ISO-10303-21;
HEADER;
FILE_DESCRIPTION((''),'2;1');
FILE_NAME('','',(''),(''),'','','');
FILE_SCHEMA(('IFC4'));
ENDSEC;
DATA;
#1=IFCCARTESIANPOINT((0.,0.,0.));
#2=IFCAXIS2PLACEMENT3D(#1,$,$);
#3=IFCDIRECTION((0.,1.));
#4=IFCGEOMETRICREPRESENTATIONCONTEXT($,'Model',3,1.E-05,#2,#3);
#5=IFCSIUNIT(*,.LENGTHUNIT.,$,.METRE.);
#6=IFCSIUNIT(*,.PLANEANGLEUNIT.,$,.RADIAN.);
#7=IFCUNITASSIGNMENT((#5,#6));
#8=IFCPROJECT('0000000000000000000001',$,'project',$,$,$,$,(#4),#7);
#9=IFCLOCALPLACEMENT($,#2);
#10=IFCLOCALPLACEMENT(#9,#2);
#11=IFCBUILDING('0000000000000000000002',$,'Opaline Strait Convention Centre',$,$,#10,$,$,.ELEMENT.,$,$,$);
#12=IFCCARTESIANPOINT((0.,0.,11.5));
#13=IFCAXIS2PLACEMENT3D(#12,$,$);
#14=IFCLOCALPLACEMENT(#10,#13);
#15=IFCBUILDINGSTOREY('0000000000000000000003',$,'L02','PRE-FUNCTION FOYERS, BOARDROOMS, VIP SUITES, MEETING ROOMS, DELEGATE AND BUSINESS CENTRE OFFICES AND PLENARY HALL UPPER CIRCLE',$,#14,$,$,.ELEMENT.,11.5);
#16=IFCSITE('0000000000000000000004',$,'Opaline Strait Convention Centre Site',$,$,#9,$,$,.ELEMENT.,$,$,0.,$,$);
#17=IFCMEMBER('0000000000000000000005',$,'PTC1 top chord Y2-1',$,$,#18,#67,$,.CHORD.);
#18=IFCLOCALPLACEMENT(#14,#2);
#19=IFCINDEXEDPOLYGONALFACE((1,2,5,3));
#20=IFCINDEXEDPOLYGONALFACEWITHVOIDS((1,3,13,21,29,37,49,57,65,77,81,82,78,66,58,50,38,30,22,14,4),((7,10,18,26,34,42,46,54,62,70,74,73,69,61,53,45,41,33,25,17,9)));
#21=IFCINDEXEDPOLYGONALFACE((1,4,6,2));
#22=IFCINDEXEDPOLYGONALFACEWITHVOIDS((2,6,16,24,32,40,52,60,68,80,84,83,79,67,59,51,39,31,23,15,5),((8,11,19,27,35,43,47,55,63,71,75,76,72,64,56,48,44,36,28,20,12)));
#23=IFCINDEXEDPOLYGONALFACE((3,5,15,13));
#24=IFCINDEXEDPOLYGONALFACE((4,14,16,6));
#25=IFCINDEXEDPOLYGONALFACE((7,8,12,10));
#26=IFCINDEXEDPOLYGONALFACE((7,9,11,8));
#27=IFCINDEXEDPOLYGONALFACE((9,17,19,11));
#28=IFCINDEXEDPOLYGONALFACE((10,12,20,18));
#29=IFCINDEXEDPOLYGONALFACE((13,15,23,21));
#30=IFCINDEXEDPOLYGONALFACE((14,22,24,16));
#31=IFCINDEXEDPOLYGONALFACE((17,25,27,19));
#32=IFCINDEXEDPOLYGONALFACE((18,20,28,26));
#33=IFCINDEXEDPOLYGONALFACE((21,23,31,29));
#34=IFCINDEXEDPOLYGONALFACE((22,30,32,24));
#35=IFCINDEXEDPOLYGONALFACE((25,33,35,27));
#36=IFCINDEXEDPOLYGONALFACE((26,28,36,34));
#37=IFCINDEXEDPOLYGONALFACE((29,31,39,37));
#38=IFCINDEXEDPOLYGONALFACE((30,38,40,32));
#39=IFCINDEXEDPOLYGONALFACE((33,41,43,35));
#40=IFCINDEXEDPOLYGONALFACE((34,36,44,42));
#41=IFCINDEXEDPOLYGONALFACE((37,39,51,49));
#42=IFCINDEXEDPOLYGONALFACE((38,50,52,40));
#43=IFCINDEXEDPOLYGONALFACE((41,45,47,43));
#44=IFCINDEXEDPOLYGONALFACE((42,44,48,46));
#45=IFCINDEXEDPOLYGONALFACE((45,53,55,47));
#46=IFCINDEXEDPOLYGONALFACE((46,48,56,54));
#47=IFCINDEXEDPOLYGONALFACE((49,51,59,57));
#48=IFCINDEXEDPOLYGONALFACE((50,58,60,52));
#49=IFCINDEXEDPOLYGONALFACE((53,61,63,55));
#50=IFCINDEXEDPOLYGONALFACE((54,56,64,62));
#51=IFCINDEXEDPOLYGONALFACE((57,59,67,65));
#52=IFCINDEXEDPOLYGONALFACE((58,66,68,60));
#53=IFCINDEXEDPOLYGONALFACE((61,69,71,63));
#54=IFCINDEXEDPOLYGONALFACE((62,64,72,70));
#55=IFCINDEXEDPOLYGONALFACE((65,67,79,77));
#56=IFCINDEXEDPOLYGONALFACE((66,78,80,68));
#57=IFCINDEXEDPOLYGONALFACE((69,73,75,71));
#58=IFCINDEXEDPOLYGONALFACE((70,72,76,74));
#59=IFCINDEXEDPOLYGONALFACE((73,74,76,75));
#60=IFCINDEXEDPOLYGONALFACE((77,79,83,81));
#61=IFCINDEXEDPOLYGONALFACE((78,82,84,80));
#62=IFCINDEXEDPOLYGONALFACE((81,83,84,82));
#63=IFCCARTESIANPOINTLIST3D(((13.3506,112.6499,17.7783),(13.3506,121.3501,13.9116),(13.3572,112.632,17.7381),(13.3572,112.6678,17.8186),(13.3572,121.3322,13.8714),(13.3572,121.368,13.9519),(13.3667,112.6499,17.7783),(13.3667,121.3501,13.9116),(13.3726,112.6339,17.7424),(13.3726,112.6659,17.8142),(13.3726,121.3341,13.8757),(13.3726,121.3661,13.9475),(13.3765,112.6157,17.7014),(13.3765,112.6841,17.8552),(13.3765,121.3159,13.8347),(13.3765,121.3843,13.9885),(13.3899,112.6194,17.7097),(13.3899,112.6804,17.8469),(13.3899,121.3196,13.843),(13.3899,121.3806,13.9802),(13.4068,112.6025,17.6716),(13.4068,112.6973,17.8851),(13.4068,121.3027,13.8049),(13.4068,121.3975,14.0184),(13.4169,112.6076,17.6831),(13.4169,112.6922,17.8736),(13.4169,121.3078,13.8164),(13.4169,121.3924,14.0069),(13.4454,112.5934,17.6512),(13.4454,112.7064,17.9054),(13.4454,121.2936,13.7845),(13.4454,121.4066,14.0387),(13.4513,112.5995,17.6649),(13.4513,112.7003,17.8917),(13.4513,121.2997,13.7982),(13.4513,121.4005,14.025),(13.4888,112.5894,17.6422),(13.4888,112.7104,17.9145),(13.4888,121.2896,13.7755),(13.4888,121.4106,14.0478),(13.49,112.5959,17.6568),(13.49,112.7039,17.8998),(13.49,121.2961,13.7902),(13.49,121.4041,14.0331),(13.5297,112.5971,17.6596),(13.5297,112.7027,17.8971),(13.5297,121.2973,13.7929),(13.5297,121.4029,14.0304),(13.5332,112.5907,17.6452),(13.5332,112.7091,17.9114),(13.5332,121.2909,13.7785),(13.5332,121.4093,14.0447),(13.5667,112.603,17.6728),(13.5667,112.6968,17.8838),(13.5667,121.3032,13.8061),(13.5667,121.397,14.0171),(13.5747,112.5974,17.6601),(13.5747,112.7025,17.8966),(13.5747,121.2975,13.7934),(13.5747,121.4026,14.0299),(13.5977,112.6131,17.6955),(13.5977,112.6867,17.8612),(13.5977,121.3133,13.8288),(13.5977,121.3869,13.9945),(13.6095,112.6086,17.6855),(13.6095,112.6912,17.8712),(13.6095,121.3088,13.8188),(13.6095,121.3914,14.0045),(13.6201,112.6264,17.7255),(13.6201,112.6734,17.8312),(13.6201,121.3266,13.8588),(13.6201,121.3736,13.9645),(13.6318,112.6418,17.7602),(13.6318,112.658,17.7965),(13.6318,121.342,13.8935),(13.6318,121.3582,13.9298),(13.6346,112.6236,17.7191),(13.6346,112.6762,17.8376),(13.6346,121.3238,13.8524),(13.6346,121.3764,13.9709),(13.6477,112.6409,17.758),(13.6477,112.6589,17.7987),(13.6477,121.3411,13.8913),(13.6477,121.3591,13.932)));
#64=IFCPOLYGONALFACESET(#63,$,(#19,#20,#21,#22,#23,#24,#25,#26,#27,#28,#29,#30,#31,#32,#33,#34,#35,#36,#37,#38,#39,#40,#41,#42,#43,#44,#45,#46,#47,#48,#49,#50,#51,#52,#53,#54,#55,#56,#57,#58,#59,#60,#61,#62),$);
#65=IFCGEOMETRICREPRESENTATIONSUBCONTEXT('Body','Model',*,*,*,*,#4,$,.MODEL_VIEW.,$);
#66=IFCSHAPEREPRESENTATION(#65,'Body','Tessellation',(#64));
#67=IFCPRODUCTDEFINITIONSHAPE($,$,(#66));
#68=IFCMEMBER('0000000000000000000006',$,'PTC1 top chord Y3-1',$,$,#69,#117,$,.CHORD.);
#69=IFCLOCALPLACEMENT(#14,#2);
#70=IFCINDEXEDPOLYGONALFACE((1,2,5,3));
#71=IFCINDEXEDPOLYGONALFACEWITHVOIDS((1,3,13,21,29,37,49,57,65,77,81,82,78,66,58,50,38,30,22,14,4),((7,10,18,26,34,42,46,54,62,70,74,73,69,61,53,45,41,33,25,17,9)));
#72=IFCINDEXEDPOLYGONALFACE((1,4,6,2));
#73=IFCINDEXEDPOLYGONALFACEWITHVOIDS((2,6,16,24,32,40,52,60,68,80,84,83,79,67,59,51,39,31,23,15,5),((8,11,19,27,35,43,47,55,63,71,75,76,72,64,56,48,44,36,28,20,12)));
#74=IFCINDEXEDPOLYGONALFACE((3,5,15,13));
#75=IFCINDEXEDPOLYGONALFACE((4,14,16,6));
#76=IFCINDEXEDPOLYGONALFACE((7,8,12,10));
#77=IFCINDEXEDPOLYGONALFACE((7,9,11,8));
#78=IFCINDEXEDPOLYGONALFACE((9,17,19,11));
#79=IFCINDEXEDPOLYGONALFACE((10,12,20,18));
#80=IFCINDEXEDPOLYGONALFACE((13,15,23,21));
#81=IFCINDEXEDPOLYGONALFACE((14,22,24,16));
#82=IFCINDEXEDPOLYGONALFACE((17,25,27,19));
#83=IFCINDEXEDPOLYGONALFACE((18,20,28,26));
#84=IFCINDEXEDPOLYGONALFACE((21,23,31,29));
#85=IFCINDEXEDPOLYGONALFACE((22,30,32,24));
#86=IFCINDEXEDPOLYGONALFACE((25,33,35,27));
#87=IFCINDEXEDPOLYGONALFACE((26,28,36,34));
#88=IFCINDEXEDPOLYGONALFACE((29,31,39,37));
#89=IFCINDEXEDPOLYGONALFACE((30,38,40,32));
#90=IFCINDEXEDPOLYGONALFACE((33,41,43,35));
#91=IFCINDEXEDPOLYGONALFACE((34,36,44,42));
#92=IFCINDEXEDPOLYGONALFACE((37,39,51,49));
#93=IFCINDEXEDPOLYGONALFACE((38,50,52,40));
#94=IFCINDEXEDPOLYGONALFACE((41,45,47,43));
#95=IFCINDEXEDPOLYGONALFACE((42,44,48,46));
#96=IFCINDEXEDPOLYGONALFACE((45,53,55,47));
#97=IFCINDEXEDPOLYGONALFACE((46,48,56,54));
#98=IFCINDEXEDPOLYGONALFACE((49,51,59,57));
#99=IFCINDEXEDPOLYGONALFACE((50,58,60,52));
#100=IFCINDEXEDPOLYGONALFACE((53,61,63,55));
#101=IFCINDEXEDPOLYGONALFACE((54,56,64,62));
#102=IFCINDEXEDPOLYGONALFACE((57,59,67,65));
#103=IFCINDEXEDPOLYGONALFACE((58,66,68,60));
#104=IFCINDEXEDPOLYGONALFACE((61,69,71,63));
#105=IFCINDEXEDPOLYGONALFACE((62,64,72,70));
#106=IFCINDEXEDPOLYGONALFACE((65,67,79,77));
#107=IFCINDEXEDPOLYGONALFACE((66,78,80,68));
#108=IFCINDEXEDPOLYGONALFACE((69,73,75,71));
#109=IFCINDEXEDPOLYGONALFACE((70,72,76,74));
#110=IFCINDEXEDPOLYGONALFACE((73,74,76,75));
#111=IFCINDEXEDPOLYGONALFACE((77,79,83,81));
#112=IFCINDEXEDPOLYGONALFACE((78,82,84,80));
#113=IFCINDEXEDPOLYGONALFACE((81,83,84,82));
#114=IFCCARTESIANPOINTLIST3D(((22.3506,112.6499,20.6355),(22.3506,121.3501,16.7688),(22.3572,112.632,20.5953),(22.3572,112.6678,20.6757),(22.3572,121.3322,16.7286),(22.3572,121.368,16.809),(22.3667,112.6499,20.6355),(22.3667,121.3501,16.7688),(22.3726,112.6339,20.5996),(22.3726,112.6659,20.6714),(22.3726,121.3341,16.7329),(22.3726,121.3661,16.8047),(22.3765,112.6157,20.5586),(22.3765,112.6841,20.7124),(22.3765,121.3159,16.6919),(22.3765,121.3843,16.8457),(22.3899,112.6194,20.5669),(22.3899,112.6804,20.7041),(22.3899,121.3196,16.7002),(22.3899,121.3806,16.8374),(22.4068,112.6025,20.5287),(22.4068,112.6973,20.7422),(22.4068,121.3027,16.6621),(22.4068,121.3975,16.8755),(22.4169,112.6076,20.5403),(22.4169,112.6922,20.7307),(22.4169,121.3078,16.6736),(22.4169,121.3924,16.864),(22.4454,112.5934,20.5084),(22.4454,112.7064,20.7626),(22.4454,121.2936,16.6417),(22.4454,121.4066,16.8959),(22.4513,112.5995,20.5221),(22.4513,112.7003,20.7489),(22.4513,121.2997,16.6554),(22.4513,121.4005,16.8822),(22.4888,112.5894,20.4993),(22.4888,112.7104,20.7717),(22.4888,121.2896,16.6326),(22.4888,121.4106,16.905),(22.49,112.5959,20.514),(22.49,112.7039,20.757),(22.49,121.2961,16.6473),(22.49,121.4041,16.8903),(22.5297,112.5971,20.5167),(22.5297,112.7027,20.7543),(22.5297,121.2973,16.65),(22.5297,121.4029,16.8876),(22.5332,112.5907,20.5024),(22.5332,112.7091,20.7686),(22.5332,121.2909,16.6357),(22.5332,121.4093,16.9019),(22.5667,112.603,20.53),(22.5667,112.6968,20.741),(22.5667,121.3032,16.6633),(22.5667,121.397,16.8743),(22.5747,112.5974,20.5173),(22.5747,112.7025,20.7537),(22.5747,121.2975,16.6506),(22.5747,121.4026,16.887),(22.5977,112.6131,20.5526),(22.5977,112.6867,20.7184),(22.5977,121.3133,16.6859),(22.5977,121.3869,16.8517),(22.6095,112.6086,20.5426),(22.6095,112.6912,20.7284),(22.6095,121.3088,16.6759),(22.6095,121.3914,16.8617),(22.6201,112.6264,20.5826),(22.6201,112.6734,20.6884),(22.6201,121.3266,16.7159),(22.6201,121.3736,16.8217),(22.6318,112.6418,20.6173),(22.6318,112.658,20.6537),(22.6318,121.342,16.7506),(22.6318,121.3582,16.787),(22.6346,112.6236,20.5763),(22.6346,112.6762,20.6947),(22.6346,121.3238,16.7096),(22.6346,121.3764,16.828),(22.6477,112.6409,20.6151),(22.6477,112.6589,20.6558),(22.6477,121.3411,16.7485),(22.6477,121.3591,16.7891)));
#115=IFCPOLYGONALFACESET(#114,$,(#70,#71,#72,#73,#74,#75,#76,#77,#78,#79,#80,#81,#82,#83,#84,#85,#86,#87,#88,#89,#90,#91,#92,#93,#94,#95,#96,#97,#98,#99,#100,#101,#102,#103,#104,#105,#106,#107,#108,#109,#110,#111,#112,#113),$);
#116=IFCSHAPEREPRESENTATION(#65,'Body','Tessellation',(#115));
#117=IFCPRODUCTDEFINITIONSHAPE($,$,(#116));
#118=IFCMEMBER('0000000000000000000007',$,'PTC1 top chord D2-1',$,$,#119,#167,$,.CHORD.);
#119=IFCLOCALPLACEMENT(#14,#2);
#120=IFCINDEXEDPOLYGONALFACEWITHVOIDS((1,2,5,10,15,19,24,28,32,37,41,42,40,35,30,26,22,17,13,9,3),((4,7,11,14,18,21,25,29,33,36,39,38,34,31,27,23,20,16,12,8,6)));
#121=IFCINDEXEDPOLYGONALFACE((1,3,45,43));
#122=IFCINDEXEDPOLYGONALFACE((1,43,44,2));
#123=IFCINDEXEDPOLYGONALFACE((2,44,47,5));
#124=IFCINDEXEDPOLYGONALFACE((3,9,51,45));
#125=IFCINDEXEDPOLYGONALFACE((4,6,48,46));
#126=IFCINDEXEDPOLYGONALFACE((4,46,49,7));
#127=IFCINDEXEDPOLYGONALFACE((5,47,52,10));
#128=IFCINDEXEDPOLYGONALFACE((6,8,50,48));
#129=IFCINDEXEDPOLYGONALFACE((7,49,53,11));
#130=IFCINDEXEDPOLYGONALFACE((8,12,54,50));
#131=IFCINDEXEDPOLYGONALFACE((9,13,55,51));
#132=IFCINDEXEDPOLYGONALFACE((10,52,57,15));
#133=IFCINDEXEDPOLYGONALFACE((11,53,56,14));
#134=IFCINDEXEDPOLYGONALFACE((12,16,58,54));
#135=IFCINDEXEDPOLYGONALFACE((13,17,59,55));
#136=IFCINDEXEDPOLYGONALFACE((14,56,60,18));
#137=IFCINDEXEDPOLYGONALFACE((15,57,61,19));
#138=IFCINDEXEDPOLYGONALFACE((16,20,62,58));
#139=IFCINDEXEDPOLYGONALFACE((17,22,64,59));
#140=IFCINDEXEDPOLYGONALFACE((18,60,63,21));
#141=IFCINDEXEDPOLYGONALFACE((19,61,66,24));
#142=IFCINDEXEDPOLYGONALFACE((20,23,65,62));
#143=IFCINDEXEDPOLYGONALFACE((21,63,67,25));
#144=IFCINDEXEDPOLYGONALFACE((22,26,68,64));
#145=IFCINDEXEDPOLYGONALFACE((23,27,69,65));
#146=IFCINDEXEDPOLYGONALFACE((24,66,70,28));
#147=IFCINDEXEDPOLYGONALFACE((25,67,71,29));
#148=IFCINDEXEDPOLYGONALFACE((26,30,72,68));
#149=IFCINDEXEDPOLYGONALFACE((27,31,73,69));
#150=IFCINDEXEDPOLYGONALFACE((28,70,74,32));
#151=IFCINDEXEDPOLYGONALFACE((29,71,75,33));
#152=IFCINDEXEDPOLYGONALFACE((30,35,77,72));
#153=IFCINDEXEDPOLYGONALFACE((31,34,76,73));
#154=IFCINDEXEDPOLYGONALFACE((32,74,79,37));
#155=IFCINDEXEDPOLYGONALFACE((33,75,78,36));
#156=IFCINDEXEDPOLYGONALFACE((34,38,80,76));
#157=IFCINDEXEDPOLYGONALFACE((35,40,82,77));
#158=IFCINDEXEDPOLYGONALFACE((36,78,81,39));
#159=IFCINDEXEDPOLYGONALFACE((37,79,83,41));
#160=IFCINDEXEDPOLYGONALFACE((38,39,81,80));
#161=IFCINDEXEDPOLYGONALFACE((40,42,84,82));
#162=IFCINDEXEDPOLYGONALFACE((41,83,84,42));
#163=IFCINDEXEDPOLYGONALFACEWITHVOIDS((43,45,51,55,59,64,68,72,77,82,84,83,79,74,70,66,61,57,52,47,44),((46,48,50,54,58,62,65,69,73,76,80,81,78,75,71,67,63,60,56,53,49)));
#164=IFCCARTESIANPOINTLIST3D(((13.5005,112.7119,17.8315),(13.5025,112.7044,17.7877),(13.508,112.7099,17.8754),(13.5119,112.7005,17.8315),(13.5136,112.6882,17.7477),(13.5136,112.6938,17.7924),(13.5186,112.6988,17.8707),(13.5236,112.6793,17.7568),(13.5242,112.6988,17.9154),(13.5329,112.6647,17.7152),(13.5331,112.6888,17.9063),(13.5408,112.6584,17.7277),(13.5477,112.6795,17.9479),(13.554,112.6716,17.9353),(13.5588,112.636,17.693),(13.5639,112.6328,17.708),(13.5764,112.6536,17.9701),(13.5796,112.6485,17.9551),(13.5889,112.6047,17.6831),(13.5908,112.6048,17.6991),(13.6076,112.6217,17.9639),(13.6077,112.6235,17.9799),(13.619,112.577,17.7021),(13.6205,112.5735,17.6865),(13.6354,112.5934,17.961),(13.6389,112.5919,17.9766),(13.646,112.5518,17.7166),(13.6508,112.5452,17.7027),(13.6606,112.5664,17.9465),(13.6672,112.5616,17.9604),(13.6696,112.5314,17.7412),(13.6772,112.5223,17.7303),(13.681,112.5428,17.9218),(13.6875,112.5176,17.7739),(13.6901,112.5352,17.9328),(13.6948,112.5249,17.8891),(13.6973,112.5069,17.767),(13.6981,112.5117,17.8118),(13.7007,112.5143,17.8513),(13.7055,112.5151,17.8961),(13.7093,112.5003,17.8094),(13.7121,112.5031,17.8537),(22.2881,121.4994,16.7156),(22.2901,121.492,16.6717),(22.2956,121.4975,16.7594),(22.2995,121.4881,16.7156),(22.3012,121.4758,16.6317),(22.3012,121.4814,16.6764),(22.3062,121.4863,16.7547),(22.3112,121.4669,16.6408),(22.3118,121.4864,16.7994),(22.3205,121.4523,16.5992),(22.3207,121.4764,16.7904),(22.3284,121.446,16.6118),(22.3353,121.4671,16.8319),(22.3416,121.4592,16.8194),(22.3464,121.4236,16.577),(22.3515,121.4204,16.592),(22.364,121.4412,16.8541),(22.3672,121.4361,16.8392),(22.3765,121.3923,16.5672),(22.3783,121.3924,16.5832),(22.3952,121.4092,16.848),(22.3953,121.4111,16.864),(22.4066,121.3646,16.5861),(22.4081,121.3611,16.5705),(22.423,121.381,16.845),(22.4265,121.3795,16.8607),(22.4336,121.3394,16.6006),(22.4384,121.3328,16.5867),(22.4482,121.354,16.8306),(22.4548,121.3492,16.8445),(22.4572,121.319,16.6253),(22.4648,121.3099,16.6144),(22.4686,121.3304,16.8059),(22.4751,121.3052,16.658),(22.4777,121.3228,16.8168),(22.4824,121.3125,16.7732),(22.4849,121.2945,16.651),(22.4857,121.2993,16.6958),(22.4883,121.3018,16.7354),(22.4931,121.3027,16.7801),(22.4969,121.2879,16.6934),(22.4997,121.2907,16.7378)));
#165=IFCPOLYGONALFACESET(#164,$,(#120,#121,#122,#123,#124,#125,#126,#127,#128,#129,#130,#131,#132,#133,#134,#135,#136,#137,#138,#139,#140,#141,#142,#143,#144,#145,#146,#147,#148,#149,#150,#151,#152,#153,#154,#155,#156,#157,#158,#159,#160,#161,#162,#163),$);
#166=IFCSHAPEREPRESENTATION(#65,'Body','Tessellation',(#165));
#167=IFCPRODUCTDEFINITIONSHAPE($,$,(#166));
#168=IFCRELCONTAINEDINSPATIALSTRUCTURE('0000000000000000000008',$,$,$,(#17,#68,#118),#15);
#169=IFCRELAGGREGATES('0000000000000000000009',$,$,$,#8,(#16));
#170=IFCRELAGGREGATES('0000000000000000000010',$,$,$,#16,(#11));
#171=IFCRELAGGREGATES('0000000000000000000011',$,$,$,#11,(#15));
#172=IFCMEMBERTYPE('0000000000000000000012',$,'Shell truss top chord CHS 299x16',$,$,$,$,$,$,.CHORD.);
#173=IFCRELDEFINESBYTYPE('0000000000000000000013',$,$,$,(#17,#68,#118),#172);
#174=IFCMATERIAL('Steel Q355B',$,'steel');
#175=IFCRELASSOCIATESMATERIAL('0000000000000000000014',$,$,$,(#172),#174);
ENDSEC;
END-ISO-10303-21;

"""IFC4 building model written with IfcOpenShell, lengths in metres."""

from ifc_helpers import new_model, si_unit, direction, frame, origin, origin_2d, place, context, subcontext, project, spatial, hollow_circle, extrude, material, material_profile, profile_set, type_object, element, save


model = new_model("IFC4")

# Units and contexts
model_context = context("Model", 3, precision=1e-05, world=origin(), true_north=direction((0.0, 1.0)))
body_context = subcontext(model_context, "Body", "Model", "MODEL_VIEW")
ifc_project = project(units=[si_unit("LENGTHUNIT", "METRE"), si_unit("PLANEANGLEUNIT", "RADIAN")], contexts=[model_context])

# Site, building, storey
site_placement = place(None, origin())
site = spatial("IfcSite", under=ifc_project, at=site_placement, Name="Opaline Strait Convention Centre Site", CompositionType="ELEMENT", RefElevation=0.0)
building_placement = place(site_placement, origin())
building = spatial("IfcBuilding", under=site, at=building_placement, Name="Opaline Strait Convention Centre", CompositionType="ELEMENT")
storey_placement = place(building_placement, frame((0.0, 0.0, 11.5)))
storey = spatial("IfcBuildingStorey", under=building, at=storey_placement, Name="L02", Description="PRE-FUNCTION FOYERS, BOARDROOMS, VIP SUITES, MEETING ROOMS, DELEGATE AND BUSINESS CENTRE OFFICES AND PLENARY HALL UPPER CIRCLE", CompositionType="ELEMENT", Elevation=11.5)

# Members
ifc_material_1 = material(Name="Steel Q355B", Category="steel")
ifc_material_profile_1 = material_profile(ifc_material_1, hollow_circle(Radius=0.1494, WallThickness=0.0161, at=origin_2d()), Name="CHS 299x16")
ifc_profile_set_1 = profile_set([ifc_material_profile_1], Name="Steel Q355B")
member_type_1 = type_object("IfcMemberType", Name="Shell truss top chord CHS 299x16", PredefinedType="CHORD", material=ifc_profile_set_1)
for number, where, z_axis, x_axis, name in (
    (1, (13.5, 112.6499, 17.7783), (0.0, 0.913814, -0.406134), (-1.0, 0.0, 0.0), "PTC1 top chord Y2-1"),
    (2, (22.5, 112.6499, 20.6355), (0.0, 0.913814, -0.406134), (-1.0, 0.0, 0.0), "PTC1 top chord Y3-1"),
):
    element("IfcMember", number, at=place(storey_placement, frame(where, z_axis=z_axis, x_axis=x_axis)), inside=storey, type_object=member_type_1, Name=name, PredefinedType="CHORD", context=body_context, shape_type="SweptSolid", body=[
        extrude(hollow_circle(Radius=0.1494, WallThickness=0.0161, at=origin_2d()), origin(), (0.0, 0.0, 1.0), 9.5208),
    ])
member_1_placement = place(storey_placement, frame((13.6062, 112.6062, 17.8315), z_axis=(0.704273, 0.704273, -0.089438), x_axis=(-0.707107, 0.707107, 0.0)))
element("IfcMember", 3, at=member_1_placement, inside=storey, type_object=member_type_1, Name="PTC1 top chord D2-1", PredefinedType="CHORD", context=body_context, shape_type="SweptSolid", body=[
    extrude(hollow_circle(Radius=0.1494, WallThickness=0.0161, at=origin_2d()), origin(), (0.0, 0.0, 1.0), 12.4775),
])

save(model, "model.ifc")
